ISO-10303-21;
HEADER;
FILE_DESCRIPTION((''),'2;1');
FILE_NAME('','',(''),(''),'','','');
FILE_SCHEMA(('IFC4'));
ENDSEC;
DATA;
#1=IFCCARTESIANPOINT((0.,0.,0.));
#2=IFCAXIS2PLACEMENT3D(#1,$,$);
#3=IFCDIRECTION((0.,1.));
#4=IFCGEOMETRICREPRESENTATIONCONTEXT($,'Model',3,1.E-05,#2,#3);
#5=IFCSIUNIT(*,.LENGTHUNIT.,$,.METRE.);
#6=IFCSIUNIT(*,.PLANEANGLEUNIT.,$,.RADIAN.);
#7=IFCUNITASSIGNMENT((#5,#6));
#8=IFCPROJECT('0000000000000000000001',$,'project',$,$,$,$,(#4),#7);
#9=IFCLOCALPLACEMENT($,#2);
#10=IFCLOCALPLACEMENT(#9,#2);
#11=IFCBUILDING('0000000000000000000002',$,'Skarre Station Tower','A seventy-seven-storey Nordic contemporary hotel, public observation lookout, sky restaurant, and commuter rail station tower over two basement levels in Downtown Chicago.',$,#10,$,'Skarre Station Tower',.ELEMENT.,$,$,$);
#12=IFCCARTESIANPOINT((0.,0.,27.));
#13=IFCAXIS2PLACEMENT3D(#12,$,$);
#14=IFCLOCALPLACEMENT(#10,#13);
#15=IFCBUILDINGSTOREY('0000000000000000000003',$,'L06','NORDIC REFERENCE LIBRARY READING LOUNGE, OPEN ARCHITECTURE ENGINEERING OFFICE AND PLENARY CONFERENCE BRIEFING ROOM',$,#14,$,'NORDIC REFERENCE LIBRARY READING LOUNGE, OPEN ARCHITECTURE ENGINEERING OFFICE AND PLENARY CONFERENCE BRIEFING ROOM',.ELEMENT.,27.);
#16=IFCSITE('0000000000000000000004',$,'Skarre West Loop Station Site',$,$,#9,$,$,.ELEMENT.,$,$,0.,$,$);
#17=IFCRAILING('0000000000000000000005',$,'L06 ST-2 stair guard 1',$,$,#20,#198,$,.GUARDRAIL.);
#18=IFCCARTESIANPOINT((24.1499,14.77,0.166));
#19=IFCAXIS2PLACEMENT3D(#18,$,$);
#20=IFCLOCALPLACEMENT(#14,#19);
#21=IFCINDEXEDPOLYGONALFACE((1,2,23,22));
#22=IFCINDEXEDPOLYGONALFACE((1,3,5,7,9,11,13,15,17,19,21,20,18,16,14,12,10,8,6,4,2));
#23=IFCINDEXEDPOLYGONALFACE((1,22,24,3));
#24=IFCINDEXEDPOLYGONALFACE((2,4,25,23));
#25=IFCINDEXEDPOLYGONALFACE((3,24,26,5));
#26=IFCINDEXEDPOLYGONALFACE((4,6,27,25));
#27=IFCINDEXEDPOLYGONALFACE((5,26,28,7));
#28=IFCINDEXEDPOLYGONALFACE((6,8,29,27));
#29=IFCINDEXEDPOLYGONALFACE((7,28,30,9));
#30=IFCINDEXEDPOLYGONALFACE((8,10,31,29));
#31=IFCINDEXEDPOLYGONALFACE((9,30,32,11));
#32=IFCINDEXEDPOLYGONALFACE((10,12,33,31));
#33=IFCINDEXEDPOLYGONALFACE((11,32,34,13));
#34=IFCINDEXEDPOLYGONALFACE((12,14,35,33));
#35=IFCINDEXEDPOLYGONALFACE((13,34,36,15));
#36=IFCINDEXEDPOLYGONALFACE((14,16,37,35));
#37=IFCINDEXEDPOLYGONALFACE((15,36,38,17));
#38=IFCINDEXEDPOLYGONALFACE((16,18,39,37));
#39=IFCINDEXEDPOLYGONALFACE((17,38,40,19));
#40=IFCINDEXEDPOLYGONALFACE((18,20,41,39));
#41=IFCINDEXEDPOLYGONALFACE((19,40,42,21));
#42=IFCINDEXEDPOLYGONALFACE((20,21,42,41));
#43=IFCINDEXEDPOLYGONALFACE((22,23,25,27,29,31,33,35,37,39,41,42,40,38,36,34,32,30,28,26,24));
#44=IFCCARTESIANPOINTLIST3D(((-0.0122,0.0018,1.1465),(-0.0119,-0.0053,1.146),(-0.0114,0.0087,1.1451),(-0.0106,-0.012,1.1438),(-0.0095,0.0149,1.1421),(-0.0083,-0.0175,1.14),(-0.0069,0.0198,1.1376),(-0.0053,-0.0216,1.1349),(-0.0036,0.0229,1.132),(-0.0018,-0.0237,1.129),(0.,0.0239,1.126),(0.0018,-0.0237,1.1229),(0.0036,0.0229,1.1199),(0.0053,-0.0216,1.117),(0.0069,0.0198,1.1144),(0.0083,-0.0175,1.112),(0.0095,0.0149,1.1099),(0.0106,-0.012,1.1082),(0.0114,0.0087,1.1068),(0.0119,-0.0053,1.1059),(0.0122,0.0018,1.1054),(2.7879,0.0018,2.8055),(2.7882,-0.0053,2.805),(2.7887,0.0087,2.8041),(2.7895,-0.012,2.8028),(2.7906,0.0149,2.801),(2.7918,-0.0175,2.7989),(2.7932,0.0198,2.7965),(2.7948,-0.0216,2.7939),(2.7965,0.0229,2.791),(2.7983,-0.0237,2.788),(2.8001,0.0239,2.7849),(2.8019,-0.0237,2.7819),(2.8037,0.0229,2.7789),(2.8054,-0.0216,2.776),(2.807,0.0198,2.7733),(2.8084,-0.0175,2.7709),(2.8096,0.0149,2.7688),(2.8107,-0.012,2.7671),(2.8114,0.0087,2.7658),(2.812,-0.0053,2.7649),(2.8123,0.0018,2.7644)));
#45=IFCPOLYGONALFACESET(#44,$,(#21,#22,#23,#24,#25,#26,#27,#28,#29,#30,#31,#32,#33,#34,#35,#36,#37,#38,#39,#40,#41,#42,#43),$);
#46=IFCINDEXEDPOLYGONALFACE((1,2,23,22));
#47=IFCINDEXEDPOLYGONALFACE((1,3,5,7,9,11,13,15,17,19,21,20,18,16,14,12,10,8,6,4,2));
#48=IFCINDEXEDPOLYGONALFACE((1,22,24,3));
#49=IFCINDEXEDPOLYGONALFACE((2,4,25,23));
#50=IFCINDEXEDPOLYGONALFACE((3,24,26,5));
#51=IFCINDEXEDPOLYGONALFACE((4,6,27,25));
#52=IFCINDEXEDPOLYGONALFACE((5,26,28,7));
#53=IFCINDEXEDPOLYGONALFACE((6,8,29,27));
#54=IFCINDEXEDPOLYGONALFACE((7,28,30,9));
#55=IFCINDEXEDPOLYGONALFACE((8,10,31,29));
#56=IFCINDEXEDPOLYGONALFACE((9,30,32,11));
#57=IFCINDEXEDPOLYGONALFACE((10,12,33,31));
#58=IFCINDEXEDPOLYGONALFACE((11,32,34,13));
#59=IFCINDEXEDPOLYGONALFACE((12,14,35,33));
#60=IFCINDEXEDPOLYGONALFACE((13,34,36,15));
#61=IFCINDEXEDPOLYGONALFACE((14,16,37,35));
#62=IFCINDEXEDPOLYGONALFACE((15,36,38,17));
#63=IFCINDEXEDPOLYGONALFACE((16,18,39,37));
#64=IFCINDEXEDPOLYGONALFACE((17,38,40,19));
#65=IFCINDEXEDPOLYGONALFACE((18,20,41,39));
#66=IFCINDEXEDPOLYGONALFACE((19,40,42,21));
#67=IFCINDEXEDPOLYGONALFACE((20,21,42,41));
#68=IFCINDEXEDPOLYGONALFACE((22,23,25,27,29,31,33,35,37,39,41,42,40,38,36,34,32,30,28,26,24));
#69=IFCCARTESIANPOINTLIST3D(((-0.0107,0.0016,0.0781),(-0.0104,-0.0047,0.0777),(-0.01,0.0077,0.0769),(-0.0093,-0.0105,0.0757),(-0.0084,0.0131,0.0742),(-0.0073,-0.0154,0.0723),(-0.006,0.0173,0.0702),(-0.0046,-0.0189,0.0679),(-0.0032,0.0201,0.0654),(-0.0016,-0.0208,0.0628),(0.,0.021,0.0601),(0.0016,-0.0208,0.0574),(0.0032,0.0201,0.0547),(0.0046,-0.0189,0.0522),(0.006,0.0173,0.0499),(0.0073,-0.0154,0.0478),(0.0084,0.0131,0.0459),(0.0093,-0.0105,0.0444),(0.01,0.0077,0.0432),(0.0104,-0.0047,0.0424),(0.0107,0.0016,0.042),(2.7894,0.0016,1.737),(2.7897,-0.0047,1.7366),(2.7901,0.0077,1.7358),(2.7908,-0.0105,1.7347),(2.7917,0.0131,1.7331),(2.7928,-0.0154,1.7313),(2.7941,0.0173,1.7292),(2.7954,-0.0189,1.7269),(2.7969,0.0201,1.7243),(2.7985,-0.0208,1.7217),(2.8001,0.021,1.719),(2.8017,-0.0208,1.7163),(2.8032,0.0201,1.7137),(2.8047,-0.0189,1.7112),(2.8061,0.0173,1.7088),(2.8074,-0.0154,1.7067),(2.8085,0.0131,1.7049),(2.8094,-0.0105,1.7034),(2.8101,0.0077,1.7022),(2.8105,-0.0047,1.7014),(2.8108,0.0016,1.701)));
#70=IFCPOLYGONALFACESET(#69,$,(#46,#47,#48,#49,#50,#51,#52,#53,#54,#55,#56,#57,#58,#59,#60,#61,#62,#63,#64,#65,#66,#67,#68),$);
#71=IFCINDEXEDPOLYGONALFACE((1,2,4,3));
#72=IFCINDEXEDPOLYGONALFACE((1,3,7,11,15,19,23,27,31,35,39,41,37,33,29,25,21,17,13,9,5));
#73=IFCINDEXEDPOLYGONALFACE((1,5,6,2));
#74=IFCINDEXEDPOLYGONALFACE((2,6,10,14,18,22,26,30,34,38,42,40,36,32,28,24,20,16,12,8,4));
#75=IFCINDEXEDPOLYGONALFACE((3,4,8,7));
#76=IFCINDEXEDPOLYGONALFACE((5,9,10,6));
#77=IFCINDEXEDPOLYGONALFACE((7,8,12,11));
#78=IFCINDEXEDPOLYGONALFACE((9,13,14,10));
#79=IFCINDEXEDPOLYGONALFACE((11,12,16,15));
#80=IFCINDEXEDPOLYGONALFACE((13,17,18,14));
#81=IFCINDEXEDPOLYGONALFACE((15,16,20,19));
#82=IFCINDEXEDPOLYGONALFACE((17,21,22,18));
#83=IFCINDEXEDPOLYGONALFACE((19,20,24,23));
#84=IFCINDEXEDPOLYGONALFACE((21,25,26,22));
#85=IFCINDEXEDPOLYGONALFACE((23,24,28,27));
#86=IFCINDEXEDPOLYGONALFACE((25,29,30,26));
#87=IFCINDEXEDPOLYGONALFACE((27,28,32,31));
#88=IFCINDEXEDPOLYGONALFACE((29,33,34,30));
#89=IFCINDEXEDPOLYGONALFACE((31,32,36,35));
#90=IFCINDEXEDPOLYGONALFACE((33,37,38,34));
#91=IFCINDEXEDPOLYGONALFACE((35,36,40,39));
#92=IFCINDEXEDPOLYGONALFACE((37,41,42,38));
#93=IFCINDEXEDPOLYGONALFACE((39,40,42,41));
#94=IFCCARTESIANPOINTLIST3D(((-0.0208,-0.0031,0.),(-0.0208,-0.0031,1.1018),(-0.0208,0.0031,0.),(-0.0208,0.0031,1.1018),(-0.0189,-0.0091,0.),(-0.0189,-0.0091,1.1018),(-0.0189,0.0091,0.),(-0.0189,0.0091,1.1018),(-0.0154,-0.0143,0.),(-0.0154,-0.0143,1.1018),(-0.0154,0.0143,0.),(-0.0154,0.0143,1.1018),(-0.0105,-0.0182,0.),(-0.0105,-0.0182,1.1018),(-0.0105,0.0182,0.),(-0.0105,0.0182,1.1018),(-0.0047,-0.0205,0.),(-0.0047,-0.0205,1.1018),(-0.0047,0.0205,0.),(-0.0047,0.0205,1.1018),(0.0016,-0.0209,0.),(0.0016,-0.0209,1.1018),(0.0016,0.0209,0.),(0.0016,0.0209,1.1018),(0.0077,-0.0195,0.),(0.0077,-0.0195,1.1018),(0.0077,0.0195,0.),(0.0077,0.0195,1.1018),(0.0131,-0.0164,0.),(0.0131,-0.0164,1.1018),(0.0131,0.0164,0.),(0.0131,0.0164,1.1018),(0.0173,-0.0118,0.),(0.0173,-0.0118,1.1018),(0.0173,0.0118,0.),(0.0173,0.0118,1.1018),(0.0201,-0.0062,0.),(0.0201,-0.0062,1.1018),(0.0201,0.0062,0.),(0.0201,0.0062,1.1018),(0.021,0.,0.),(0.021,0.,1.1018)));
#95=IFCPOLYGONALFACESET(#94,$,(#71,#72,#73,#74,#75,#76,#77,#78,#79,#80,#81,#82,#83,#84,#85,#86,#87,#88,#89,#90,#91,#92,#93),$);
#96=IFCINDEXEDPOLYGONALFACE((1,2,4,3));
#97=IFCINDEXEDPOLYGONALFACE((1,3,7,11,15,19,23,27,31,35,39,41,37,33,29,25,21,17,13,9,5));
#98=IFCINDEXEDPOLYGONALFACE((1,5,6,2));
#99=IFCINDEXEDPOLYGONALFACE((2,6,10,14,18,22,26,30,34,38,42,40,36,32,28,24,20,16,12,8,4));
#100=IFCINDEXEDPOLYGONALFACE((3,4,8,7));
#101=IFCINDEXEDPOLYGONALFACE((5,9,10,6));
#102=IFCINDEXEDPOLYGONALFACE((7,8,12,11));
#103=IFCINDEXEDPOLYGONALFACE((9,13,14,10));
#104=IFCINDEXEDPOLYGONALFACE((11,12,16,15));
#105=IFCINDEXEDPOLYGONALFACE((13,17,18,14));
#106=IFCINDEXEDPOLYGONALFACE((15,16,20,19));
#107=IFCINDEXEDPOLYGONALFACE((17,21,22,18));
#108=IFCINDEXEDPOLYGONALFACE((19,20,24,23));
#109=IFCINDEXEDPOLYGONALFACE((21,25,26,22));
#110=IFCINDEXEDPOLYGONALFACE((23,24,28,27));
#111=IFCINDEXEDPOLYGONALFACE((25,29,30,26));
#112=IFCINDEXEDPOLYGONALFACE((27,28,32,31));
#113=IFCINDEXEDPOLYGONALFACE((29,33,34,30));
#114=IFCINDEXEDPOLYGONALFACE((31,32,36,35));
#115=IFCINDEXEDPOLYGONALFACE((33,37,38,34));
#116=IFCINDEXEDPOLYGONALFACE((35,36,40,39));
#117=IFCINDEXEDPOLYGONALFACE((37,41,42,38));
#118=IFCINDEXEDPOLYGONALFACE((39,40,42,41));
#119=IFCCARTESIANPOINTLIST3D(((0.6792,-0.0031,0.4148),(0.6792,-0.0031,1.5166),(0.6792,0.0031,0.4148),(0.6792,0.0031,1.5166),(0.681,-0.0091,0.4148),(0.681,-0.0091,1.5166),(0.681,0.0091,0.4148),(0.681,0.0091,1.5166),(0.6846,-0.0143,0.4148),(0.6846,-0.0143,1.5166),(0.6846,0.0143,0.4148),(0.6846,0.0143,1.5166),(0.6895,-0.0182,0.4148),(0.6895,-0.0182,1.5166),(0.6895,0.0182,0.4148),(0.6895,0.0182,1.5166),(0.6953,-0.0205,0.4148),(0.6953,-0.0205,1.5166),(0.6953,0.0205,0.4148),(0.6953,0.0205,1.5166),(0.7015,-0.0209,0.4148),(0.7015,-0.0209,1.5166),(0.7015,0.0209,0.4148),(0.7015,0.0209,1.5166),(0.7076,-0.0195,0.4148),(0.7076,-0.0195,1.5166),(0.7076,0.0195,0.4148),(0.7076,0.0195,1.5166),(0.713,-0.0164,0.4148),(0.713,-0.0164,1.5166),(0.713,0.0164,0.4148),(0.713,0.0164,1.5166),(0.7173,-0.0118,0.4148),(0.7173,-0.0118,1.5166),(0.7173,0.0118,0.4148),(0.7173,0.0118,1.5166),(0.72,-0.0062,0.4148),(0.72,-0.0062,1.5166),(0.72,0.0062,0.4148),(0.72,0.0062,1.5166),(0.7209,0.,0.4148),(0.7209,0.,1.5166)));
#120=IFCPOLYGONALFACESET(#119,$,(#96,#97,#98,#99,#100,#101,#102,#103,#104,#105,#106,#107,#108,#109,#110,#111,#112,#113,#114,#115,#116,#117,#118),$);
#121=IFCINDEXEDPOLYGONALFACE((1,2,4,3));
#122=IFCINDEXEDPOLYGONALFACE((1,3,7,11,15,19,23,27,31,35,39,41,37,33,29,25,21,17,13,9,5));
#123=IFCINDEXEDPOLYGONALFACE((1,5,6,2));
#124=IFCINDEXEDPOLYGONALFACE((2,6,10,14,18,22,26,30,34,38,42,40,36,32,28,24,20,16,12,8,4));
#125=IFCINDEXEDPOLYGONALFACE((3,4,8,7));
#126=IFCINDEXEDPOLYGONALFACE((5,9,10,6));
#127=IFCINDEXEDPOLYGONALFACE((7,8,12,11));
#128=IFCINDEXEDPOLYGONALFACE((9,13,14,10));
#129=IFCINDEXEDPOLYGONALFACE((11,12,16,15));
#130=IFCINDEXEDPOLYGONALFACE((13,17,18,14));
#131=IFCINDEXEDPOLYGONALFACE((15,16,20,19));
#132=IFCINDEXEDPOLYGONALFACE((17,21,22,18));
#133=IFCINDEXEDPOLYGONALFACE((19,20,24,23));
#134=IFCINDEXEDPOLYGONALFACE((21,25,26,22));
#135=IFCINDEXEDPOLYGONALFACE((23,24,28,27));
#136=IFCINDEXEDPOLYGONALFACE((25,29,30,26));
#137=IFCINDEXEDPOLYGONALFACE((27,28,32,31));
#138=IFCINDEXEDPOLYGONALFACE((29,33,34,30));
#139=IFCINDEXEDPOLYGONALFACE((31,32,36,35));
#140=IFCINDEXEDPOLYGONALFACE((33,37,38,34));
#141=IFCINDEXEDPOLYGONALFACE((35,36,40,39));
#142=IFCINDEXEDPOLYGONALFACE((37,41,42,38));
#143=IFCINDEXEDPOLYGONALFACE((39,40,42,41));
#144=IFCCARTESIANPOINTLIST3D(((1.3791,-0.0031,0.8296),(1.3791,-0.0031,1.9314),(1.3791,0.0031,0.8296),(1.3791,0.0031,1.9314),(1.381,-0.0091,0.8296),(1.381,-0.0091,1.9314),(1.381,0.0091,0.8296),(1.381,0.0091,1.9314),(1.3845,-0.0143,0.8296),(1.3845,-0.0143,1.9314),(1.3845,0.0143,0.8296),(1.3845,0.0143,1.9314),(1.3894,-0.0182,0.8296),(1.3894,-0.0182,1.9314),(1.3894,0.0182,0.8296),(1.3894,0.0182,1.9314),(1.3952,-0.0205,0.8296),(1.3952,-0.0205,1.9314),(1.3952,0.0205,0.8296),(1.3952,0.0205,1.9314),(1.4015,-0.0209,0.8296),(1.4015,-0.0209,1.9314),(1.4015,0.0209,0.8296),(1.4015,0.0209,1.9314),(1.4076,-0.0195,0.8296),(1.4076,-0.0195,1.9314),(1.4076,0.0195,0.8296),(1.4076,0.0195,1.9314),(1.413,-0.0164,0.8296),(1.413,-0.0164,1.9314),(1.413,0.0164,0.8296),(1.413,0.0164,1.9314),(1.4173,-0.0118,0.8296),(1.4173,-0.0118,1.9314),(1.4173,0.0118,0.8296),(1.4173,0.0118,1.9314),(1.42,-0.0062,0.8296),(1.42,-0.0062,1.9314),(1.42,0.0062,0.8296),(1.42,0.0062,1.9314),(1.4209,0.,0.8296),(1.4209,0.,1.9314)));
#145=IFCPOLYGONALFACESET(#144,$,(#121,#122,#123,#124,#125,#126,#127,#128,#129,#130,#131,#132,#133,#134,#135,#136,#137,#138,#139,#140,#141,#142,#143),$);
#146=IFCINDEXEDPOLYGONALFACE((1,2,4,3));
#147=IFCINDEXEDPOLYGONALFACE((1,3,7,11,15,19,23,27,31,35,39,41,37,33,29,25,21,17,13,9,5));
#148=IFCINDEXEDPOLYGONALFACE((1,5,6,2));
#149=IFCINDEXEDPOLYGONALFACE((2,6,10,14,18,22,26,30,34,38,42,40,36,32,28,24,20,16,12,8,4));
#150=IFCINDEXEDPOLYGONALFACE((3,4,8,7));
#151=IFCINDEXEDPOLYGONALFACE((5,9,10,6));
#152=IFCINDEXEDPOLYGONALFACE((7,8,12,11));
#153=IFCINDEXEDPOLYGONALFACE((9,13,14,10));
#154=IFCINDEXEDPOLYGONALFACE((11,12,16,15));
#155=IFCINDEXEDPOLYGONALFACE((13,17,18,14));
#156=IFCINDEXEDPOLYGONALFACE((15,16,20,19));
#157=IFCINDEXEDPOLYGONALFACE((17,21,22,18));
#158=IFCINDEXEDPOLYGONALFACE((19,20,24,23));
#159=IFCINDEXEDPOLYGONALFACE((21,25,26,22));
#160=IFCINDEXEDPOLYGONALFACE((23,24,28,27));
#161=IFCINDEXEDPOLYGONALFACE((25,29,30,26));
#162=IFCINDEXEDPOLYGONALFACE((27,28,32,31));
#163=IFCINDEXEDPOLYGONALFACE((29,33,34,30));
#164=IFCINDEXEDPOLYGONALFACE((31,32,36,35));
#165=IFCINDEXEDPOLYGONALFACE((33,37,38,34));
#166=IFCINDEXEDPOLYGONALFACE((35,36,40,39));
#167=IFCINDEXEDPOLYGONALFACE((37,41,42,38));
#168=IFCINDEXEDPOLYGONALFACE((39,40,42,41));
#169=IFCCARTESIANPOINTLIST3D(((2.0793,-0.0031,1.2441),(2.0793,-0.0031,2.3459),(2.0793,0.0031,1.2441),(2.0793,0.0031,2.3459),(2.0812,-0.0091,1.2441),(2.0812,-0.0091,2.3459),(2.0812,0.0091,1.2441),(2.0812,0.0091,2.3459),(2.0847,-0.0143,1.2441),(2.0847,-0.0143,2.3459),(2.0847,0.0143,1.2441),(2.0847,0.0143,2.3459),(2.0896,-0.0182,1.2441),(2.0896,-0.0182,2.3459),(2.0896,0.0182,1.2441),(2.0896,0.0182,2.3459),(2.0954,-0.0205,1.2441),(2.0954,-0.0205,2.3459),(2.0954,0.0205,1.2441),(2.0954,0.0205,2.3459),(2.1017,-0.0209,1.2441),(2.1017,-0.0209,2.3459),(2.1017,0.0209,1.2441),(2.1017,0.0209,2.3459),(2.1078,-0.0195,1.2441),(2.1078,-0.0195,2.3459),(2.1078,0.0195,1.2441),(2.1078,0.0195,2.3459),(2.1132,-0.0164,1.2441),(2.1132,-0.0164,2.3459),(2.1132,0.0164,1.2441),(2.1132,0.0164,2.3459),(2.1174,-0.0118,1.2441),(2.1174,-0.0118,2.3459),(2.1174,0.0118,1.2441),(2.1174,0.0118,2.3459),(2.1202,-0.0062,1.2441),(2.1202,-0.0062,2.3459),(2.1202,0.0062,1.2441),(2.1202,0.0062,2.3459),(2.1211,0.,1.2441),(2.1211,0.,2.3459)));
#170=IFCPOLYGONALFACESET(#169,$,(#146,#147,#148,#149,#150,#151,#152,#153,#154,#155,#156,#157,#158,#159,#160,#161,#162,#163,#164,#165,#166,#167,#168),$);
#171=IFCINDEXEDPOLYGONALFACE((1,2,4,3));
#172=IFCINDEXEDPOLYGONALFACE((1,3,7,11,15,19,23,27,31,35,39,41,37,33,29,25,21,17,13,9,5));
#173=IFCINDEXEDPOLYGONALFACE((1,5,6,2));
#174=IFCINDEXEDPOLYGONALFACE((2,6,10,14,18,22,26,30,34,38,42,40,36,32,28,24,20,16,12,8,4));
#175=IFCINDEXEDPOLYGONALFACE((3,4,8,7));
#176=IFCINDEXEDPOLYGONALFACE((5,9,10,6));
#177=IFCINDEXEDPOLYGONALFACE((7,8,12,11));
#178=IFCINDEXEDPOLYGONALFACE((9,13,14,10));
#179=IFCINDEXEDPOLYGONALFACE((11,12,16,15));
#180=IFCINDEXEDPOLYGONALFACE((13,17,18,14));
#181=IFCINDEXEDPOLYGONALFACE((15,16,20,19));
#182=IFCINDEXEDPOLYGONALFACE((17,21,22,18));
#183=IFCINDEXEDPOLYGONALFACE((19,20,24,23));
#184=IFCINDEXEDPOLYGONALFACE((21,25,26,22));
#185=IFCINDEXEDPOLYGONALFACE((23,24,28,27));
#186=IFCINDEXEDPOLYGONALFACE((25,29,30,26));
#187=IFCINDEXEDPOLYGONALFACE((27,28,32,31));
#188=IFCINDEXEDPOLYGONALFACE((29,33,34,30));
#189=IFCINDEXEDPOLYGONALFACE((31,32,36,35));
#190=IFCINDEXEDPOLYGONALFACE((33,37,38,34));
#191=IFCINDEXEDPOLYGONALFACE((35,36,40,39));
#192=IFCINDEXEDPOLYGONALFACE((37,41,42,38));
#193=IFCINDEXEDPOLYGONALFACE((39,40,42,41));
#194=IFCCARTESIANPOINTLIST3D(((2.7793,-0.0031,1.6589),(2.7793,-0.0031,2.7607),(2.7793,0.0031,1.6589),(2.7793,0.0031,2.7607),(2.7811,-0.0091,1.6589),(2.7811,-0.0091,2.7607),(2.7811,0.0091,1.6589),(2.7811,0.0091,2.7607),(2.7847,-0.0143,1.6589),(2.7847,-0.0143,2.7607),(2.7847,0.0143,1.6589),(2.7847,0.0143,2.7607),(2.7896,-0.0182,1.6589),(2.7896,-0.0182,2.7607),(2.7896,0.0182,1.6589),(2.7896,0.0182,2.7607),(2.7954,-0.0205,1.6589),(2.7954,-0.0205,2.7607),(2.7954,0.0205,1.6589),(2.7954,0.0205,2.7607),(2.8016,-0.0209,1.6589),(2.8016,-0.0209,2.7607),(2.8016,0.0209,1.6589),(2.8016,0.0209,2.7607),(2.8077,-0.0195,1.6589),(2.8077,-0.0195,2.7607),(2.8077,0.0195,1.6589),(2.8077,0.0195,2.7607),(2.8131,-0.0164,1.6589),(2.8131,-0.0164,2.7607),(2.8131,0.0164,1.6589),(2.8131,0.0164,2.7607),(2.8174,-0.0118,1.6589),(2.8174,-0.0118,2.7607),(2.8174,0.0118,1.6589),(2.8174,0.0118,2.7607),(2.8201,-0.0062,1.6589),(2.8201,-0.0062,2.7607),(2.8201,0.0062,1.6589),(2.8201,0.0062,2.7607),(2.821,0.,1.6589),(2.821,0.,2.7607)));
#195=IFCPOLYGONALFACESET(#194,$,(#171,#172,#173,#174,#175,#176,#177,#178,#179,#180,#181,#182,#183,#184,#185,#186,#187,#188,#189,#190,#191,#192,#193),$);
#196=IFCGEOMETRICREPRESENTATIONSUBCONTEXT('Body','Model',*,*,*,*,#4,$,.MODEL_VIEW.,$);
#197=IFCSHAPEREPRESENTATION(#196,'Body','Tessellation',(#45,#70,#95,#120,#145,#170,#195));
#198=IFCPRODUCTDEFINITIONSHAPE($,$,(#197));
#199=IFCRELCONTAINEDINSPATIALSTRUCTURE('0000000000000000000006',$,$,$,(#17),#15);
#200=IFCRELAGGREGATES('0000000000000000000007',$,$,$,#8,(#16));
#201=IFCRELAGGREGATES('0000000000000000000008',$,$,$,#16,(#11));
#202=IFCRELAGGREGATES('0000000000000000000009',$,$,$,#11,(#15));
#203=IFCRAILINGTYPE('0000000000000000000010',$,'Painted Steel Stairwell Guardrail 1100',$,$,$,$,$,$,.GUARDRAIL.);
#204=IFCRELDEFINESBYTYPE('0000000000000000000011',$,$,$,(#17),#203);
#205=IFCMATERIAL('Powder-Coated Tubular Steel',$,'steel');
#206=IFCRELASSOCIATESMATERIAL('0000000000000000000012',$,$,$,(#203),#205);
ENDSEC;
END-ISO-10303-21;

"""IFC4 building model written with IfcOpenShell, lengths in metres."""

from ifc_helpers import new_model, si_unit, direction, frame, origin, origin_2d, place, context, subcontext, project, spatial, circle, extrude, material, type_object, element, save


model = new_model("IFC4")

# Units and contexts
model_context = context("Model", 3, precision=1e-05, world=origin(), true_north=direction((0.0, 1.0)))
body_context = subcontext(model_context, "Body", "Model", "MODEL_VIEW")
ifc_project = project(units=[si_unit("LENGTHUNIT", "METRE"), si_unit("PLANEANGLEUNIT", "RADIAN")], contexts=[model_context])

# Site, building, storey
site_placement = place(None, origin())
site = spatial("IfcSite", under=ifc_project, at=site_placement, Name="Skarre West Loop Station Site", CompositionType="ELEMENT", RefElevation=0.0)
building_placement = place(site_placement, origin())
building = spatial("IfcBuilding", under=site, at=building_placement, Name="Skarre Station Tower", Description="A seventy-seven-storey Nordic contemporary hotel, public observation lookout, sky restaurant, and commuter rail station tower over two basement levels in Downtown Chicago.", LongName="Skarre Station Tower", CompositionType="ELEMENT")
storey_placement = place(building_placement, frame((0.0, 0.0, 27.0)))
storey = spatial("IfcBuildingStorey", under=building, at=storey_placement, Name="L06", Description="NORDIC REFERENCE LIBRARY READING LOUNGE, OPEN ARCHITECTURE ENGINEERING OFFICE AND PLENARY CONFERENCE BRIEFING ROOM", LongName="NORDIC REFERENCE LIBRARY READING LOUNGE, OPEN ARCHITECTURE ENGINEERING OFFICE AND PLENARY CONFERENCE BRIEFING ROOM", CompositionType="ELEMENT", Elevation=27.0)

# Railing
ifc_material_1 = material(Name="Powder-Coated Tubular Steel", Category="steel")
railing_type_1 = type_object("IfcRailingType", Name="Painted Steel Stairwell Guardrail 1100", PredefinedType="GUARDRAIL", material=ifc_material_1)
railing_1_placement = place(storey_placement, frame((24.1499, 14.77, 0.166)))
element("IfcRailing", 1, at=railing_1_placement, inside=storey, type_object=railing_type_1, Name="L06 ST-2 stair guard 1", PredefinedType="GUARDRAIL", context=body_context, shape_type="SweptSolid", body=[
    extrude(circle(Radius=0.0239, at=origin_2d()), frame((0.0, 0.0, 1.126), z_axis=(0.860339, 0.0, 0.509722), x_axis=(0.0, 1.0, 0.0)), (0.0, 0.0, 1.0), 3.2546),
    extrude(circle(Radius=0.021, at=origin_2d()), frame((0.0, 0.0, 0.0601), z_axis=(0.860339, 0.0, 0.509722), x_axis=(0.0, 1.0, 0.0)), (0.0, 0.0, 1.0), 3.2546),
    extrude(circle(Radius=0.021, at=origin_2d()), origin(), (0.0, 0.0, 1.0), 1.1018),
    extrude(circle(Radius=0.021, at=origin_2d()), frame((0.7, 0.0, 0.4148)), (0.0, 0.0, 1.0), 1.1018),
    extrude(circle(Radius=0.021, at=origin_2d()), frame((1.3999, 0.0, 0.8296)), (0.0, 0.0, 1.0), 1.1018),
    extrude(circle(Radius=0.021, at=origin_2d()), frame((2.1001, 0.0, 1.2441)), (0.0, 0.0, 1.0), 1.1018),
    extrude(circle(Radius=0.021, at=origin_2d()), frame((2.8, 0.0, 1.6589)), (0.0, 0.0, 1.0), 1.1018),
])

save(model, "model.ifc")
